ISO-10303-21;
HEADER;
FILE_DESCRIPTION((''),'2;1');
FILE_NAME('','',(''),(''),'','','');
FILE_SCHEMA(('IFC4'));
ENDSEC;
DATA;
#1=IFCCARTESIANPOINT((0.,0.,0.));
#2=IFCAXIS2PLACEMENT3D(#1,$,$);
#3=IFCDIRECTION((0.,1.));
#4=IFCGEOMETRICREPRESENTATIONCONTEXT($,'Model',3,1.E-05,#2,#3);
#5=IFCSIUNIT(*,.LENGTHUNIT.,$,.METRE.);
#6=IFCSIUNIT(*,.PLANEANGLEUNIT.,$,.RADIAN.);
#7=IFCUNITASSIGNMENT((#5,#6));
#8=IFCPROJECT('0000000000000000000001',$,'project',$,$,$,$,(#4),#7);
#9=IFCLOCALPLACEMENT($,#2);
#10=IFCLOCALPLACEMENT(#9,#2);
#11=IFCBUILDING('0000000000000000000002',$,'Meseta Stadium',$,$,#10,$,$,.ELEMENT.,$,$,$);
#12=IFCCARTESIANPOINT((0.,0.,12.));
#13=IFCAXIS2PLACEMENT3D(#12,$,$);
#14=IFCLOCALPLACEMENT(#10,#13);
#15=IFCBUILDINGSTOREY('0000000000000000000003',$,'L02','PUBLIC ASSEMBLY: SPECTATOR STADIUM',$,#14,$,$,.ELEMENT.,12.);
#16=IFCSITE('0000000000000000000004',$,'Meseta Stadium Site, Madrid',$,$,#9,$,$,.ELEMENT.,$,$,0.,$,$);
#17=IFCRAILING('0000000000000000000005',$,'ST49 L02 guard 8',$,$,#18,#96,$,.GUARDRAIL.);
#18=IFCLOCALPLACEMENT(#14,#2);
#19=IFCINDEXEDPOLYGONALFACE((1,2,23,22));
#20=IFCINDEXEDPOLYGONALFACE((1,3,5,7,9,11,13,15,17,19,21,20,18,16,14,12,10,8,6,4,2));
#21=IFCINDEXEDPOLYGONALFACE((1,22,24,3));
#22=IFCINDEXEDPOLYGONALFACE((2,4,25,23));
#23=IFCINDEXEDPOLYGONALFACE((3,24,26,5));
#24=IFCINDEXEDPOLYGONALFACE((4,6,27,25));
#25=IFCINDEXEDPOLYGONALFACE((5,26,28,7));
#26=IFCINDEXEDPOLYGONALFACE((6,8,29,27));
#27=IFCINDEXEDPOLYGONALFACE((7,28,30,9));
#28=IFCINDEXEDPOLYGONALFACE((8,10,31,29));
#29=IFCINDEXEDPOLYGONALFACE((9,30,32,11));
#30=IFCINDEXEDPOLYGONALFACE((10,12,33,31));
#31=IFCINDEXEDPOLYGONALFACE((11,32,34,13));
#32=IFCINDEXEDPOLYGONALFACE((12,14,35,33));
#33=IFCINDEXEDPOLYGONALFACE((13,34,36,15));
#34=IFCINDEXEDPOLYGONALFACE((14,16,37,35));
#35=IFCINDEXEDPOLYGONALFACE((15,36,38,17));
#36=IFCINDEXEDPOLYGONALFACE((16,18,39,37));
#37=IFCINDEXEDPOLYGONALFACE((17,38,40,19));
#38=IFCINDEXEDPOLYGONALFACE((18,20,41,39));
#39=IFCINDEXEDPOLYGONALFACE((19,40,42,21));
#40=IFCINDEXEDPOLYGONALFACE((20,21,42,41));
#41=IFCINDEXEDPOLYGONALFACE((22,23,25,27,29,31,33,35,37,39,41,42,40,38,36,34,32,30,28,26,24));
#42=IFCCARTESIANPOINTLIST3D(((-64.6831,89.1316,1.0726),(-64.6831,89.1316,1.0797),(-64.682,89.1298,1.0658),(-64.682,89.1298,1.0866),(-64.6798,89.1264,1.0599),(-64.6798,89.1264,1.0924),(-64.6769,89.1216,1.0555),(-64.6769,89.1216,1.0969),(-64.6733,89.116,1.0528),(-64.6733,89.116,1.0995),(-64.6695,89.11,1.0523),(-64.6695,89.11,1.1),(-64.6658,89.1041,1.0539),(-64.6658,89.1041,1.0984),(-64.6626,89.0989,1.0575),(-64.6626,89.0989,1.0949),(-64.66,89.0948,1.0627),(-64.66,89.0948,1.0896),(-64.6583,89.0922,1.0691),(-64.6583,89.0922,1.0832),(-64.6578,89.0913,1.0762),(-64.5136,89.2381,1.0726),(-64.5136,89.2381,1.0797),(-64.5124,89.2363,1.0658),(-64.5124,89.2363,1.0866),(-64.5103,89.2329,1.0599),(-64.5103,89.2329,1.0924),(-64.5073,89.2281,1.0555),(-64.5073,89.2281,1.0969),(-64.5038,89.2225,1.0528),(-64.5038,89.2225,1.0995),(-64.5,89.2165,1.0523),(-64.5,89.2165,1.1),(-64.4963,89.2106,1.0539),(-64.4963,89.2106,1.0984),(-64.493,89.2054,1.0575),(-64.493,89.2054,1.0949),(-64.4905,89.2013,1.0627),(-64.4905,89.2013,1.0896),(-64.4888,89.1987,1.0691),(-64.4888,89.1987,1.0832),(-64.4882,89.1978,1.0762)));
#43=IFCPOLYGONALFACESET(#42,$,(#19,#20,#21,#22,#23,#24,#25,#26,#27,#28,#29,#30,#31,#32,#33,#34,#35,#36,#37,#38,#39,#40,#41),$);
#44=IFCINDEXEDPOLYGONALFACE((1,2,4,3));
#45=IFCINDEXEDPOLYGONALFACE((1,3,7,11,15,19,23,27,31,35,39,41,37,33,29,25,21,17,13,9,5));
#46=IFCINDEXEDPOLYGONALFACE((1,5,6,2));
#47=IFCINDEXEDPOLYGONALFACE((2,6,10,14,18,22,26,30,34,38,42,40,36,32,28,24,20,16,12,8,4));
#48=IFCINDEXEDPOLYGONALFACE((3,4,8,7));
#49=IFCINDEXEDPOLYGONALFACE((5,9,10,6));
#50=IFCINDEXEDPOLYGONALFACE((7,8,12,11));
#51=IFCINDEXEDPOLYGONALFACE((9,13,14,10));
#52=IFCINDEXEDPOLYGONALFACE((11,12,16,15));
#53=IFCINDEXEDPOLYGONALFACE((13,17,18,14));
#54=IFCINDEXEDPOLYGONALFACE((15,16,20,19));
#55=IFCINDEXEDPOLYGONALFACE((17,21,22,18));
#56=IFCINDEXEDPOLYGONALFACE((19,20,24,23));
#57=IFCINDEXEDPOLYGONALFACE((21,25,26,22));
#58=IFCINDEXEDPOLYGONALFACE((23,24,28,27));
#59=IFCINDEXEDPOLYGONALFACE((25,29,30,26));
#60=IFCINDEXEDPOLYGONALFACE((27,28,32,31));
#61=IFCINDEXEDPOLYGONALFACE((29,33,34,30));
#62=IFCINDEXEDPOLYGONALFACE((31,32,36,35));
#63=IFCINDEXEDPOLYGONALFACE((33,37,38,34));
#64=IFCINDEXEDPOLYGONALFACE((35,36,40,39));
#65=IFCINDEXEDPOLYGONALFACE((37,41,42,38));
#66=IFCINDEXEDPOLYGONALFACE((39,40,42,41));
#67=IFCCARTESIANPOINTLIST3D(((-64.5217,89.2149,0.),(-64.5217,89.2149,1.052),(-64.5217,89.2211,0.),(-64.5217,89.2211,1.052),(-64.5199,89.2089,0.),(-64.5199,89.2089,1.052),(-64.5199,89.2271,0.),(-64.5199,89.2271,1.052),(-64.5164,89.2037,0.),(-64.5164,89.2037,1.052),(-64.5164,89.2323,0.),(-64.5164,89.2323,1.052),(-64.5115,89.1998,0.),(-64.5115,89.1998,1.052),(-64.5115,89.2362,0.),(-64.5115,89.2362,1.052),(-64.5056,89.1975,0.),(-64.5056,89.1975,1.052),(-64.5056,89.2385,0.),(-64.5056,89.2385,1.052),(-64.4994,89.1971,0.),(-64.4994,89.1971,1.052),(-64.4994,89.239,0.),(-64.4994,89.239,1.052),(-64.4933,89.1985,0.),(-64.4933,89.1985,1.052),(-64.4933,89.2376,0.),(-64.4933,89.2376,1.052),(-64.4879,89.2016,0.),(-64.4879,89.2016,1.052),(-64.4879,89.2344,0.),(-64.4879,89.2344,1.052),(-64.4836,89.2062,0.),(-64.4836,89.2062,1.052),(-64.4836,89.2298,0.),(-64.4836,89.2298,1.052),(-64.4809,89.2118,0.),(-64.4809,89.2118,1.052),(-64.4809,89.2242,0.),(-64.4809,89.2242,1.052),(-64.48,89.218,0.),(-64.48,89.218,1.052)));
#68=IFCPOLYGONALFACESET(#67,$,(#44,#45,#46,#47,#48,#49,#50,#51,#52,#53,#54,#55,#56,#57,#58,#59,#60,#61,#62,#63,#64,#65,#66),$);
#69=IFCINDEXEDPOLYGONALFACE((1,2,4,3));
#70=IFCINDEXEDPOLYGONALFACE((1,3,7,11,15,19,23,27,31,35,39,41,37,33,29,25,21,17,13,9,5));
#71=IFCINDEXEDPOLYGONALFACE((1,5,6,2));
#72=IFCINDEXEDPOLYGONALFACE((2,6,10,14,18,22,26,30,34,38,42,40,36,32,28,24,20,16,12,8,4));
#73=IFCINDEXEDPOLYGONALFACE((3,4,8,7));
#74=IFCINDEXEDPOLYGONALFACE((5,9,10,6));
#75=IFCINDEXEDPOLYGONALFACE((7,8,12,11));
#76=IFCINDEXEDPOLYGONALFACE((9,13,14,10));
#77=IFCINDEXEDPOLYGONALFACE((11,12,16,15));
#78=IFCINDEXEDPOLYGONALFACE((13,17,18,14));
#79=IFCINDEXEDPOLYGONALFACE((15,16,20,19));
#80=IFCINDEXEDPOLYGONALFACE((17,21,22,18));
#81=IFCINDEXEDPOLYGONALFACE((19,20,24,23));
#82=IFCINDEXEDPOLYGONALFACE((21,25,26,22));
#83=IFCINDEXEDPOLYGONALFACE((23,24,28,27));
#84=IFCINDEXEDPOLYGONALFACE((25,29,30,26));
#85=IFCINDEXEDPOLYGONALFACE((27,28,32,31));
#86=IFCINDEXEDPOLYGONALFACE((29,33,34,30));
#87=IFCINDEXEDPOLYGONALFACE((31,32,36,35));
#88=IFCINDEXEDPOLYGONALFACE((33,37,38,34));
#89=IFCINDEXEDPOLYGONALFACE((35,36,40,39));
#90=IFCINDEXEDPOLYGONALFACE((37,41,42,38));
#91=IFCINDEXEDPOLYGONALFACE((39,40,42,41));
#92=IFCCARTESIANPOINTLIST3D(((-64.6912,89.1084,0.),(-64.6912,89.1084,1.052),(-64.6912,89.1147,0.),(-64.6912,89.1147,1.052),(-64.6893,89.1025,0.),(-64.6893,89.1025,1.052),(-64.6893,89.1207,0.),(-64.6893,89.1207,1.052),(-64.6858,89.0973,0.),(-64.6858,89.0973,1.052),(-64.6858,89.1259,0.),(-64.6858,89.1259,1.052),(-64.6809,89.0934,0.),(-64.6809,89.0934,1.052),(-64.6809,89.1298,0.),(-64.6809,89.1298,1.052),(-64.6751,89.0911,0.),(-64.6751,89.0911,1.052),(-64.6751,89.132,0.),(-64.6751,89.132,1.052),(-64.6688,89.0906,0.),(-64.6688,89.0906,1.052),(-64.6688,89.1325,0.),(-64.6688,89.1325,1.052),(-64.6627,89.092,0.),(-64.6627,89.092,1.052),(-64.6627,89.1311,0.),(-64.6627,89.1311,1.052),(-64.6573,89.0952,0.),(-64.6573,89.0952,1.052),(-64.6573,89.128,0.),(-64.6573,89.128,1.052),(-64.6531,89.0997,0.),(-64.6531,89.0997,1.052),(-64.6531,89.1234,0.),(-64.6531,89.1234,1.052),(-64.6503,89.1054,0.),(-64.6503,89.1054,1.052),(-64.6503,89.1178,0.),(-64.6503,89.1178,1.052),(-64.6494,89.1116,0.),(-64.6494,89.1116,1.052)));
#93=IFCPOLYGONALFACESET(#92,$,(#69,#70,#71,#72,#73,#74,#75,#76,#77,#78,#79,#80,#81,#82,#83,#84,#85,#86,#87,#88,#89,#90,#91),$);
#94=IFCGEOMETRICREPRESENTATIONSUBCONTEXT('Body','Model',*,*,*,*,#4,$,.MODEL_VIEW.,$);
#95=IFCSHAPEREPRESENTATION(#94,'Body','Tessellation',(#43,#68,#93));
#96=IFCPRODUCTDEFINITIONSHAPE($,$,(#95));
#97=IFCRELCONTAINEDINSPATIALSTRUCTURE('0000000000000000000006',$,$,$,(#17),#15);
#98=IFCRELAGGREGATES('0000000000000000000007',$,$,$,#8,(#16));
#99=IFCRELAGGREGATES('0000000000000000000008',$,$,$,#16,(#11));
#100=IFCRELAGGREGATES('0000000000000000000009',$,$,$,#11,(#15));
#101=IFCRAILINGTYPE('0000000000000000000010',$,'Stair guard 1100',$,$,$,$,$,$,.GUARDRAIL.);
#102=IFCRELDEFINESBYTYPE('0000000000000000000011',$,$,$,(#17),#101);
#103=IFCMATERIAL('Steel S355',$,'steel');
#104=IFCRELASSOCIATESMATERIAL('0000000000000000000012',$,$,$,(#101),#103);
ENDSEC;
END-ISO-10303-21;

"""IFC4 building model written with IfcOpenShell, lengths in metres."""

from ifc_helpers import new_model, si_unit, direction, frame, origin, origin_2d, place, context, subcontext, project, spatial, circle, extrude, material, type_object, element, save


model = new_model("IFC4")

# Units and contexts
model_context = context("Model", 3, precision=1e-05, world=origin(), true_north=direction((0.0, 1.0)))
body_context = subcontext(model_context, "Body", "Model", "MODEL_VIEW")
ifc_project = project(units=[si_unit("LENGTHUNIT", "METRE"), si_unit("PLANEANGLEUNIT", "RADIAN")], contexts=[model_context])

# Site, building, storey
site_placement = place(None, origin())
site = spatial("IfcSite", under=ifc_project, at=site_placement, Name="Meseta Stadium Site, Madrid", CompositionType="ELEMENT", RefElevation=0.0)
building_placement = place(site_placement, origin())
building = spatial("IfcBuilding", under=site, at=building_placement, Name="Meseta Stadium", CompositionType="ELEMENT")
storey_placement = place(building_placement, frame((0.0, 0.0, 12.0)))
storey = spatial("IfcBuildingStorey", under=building, at=storey_placement, Name="L02", Description="PUBLIC ASSEMBLY: SPECTATOR STADIUM", CompositionType="ELEMENT", Elevation=12.0)

# Railing
ifc_material_1 = material(Name="Steel S355", Category="steel")
railing_type_1 = type_object("IfcRailingType", Name="Stair guard 1100", PredefinedType="GUARDRAIL", material=ifc_material_1)
railing_1_placement = place(storey_placement, frame((-64.501, 89.218, 0.0)))
element("IfcRailing", 1, at=railing_1_placement, inside=storey, type_object=railing_type_1, Name="ST49 L02 guard 8", PredefinedType="GUARDRAIL", context=body_context, shape_type="SweptSolid", body=[
    extrude(circle(Radius=0.0239, at=origin_2d()), frame((0.0, 0.0, 1.0762), z_axis=(-0.846762, -0.531972, 0.0), x_axis=(0.531972, -0.846762, 0.0)), (0.0, 0.0, 1.0), 0.2002),
    extrude(circle(Radius=0.021, at=origin_2d()), origin(), (0.0, 0.0, 1.0), 1.052),
    extrude(circle(Radius=0.021, at=origin_2d()), frame((-0.1694, -0.1064, 0.0)), (0.0, 0.0, 1.0), 1.052),
])

save(model, "model.ifc")
